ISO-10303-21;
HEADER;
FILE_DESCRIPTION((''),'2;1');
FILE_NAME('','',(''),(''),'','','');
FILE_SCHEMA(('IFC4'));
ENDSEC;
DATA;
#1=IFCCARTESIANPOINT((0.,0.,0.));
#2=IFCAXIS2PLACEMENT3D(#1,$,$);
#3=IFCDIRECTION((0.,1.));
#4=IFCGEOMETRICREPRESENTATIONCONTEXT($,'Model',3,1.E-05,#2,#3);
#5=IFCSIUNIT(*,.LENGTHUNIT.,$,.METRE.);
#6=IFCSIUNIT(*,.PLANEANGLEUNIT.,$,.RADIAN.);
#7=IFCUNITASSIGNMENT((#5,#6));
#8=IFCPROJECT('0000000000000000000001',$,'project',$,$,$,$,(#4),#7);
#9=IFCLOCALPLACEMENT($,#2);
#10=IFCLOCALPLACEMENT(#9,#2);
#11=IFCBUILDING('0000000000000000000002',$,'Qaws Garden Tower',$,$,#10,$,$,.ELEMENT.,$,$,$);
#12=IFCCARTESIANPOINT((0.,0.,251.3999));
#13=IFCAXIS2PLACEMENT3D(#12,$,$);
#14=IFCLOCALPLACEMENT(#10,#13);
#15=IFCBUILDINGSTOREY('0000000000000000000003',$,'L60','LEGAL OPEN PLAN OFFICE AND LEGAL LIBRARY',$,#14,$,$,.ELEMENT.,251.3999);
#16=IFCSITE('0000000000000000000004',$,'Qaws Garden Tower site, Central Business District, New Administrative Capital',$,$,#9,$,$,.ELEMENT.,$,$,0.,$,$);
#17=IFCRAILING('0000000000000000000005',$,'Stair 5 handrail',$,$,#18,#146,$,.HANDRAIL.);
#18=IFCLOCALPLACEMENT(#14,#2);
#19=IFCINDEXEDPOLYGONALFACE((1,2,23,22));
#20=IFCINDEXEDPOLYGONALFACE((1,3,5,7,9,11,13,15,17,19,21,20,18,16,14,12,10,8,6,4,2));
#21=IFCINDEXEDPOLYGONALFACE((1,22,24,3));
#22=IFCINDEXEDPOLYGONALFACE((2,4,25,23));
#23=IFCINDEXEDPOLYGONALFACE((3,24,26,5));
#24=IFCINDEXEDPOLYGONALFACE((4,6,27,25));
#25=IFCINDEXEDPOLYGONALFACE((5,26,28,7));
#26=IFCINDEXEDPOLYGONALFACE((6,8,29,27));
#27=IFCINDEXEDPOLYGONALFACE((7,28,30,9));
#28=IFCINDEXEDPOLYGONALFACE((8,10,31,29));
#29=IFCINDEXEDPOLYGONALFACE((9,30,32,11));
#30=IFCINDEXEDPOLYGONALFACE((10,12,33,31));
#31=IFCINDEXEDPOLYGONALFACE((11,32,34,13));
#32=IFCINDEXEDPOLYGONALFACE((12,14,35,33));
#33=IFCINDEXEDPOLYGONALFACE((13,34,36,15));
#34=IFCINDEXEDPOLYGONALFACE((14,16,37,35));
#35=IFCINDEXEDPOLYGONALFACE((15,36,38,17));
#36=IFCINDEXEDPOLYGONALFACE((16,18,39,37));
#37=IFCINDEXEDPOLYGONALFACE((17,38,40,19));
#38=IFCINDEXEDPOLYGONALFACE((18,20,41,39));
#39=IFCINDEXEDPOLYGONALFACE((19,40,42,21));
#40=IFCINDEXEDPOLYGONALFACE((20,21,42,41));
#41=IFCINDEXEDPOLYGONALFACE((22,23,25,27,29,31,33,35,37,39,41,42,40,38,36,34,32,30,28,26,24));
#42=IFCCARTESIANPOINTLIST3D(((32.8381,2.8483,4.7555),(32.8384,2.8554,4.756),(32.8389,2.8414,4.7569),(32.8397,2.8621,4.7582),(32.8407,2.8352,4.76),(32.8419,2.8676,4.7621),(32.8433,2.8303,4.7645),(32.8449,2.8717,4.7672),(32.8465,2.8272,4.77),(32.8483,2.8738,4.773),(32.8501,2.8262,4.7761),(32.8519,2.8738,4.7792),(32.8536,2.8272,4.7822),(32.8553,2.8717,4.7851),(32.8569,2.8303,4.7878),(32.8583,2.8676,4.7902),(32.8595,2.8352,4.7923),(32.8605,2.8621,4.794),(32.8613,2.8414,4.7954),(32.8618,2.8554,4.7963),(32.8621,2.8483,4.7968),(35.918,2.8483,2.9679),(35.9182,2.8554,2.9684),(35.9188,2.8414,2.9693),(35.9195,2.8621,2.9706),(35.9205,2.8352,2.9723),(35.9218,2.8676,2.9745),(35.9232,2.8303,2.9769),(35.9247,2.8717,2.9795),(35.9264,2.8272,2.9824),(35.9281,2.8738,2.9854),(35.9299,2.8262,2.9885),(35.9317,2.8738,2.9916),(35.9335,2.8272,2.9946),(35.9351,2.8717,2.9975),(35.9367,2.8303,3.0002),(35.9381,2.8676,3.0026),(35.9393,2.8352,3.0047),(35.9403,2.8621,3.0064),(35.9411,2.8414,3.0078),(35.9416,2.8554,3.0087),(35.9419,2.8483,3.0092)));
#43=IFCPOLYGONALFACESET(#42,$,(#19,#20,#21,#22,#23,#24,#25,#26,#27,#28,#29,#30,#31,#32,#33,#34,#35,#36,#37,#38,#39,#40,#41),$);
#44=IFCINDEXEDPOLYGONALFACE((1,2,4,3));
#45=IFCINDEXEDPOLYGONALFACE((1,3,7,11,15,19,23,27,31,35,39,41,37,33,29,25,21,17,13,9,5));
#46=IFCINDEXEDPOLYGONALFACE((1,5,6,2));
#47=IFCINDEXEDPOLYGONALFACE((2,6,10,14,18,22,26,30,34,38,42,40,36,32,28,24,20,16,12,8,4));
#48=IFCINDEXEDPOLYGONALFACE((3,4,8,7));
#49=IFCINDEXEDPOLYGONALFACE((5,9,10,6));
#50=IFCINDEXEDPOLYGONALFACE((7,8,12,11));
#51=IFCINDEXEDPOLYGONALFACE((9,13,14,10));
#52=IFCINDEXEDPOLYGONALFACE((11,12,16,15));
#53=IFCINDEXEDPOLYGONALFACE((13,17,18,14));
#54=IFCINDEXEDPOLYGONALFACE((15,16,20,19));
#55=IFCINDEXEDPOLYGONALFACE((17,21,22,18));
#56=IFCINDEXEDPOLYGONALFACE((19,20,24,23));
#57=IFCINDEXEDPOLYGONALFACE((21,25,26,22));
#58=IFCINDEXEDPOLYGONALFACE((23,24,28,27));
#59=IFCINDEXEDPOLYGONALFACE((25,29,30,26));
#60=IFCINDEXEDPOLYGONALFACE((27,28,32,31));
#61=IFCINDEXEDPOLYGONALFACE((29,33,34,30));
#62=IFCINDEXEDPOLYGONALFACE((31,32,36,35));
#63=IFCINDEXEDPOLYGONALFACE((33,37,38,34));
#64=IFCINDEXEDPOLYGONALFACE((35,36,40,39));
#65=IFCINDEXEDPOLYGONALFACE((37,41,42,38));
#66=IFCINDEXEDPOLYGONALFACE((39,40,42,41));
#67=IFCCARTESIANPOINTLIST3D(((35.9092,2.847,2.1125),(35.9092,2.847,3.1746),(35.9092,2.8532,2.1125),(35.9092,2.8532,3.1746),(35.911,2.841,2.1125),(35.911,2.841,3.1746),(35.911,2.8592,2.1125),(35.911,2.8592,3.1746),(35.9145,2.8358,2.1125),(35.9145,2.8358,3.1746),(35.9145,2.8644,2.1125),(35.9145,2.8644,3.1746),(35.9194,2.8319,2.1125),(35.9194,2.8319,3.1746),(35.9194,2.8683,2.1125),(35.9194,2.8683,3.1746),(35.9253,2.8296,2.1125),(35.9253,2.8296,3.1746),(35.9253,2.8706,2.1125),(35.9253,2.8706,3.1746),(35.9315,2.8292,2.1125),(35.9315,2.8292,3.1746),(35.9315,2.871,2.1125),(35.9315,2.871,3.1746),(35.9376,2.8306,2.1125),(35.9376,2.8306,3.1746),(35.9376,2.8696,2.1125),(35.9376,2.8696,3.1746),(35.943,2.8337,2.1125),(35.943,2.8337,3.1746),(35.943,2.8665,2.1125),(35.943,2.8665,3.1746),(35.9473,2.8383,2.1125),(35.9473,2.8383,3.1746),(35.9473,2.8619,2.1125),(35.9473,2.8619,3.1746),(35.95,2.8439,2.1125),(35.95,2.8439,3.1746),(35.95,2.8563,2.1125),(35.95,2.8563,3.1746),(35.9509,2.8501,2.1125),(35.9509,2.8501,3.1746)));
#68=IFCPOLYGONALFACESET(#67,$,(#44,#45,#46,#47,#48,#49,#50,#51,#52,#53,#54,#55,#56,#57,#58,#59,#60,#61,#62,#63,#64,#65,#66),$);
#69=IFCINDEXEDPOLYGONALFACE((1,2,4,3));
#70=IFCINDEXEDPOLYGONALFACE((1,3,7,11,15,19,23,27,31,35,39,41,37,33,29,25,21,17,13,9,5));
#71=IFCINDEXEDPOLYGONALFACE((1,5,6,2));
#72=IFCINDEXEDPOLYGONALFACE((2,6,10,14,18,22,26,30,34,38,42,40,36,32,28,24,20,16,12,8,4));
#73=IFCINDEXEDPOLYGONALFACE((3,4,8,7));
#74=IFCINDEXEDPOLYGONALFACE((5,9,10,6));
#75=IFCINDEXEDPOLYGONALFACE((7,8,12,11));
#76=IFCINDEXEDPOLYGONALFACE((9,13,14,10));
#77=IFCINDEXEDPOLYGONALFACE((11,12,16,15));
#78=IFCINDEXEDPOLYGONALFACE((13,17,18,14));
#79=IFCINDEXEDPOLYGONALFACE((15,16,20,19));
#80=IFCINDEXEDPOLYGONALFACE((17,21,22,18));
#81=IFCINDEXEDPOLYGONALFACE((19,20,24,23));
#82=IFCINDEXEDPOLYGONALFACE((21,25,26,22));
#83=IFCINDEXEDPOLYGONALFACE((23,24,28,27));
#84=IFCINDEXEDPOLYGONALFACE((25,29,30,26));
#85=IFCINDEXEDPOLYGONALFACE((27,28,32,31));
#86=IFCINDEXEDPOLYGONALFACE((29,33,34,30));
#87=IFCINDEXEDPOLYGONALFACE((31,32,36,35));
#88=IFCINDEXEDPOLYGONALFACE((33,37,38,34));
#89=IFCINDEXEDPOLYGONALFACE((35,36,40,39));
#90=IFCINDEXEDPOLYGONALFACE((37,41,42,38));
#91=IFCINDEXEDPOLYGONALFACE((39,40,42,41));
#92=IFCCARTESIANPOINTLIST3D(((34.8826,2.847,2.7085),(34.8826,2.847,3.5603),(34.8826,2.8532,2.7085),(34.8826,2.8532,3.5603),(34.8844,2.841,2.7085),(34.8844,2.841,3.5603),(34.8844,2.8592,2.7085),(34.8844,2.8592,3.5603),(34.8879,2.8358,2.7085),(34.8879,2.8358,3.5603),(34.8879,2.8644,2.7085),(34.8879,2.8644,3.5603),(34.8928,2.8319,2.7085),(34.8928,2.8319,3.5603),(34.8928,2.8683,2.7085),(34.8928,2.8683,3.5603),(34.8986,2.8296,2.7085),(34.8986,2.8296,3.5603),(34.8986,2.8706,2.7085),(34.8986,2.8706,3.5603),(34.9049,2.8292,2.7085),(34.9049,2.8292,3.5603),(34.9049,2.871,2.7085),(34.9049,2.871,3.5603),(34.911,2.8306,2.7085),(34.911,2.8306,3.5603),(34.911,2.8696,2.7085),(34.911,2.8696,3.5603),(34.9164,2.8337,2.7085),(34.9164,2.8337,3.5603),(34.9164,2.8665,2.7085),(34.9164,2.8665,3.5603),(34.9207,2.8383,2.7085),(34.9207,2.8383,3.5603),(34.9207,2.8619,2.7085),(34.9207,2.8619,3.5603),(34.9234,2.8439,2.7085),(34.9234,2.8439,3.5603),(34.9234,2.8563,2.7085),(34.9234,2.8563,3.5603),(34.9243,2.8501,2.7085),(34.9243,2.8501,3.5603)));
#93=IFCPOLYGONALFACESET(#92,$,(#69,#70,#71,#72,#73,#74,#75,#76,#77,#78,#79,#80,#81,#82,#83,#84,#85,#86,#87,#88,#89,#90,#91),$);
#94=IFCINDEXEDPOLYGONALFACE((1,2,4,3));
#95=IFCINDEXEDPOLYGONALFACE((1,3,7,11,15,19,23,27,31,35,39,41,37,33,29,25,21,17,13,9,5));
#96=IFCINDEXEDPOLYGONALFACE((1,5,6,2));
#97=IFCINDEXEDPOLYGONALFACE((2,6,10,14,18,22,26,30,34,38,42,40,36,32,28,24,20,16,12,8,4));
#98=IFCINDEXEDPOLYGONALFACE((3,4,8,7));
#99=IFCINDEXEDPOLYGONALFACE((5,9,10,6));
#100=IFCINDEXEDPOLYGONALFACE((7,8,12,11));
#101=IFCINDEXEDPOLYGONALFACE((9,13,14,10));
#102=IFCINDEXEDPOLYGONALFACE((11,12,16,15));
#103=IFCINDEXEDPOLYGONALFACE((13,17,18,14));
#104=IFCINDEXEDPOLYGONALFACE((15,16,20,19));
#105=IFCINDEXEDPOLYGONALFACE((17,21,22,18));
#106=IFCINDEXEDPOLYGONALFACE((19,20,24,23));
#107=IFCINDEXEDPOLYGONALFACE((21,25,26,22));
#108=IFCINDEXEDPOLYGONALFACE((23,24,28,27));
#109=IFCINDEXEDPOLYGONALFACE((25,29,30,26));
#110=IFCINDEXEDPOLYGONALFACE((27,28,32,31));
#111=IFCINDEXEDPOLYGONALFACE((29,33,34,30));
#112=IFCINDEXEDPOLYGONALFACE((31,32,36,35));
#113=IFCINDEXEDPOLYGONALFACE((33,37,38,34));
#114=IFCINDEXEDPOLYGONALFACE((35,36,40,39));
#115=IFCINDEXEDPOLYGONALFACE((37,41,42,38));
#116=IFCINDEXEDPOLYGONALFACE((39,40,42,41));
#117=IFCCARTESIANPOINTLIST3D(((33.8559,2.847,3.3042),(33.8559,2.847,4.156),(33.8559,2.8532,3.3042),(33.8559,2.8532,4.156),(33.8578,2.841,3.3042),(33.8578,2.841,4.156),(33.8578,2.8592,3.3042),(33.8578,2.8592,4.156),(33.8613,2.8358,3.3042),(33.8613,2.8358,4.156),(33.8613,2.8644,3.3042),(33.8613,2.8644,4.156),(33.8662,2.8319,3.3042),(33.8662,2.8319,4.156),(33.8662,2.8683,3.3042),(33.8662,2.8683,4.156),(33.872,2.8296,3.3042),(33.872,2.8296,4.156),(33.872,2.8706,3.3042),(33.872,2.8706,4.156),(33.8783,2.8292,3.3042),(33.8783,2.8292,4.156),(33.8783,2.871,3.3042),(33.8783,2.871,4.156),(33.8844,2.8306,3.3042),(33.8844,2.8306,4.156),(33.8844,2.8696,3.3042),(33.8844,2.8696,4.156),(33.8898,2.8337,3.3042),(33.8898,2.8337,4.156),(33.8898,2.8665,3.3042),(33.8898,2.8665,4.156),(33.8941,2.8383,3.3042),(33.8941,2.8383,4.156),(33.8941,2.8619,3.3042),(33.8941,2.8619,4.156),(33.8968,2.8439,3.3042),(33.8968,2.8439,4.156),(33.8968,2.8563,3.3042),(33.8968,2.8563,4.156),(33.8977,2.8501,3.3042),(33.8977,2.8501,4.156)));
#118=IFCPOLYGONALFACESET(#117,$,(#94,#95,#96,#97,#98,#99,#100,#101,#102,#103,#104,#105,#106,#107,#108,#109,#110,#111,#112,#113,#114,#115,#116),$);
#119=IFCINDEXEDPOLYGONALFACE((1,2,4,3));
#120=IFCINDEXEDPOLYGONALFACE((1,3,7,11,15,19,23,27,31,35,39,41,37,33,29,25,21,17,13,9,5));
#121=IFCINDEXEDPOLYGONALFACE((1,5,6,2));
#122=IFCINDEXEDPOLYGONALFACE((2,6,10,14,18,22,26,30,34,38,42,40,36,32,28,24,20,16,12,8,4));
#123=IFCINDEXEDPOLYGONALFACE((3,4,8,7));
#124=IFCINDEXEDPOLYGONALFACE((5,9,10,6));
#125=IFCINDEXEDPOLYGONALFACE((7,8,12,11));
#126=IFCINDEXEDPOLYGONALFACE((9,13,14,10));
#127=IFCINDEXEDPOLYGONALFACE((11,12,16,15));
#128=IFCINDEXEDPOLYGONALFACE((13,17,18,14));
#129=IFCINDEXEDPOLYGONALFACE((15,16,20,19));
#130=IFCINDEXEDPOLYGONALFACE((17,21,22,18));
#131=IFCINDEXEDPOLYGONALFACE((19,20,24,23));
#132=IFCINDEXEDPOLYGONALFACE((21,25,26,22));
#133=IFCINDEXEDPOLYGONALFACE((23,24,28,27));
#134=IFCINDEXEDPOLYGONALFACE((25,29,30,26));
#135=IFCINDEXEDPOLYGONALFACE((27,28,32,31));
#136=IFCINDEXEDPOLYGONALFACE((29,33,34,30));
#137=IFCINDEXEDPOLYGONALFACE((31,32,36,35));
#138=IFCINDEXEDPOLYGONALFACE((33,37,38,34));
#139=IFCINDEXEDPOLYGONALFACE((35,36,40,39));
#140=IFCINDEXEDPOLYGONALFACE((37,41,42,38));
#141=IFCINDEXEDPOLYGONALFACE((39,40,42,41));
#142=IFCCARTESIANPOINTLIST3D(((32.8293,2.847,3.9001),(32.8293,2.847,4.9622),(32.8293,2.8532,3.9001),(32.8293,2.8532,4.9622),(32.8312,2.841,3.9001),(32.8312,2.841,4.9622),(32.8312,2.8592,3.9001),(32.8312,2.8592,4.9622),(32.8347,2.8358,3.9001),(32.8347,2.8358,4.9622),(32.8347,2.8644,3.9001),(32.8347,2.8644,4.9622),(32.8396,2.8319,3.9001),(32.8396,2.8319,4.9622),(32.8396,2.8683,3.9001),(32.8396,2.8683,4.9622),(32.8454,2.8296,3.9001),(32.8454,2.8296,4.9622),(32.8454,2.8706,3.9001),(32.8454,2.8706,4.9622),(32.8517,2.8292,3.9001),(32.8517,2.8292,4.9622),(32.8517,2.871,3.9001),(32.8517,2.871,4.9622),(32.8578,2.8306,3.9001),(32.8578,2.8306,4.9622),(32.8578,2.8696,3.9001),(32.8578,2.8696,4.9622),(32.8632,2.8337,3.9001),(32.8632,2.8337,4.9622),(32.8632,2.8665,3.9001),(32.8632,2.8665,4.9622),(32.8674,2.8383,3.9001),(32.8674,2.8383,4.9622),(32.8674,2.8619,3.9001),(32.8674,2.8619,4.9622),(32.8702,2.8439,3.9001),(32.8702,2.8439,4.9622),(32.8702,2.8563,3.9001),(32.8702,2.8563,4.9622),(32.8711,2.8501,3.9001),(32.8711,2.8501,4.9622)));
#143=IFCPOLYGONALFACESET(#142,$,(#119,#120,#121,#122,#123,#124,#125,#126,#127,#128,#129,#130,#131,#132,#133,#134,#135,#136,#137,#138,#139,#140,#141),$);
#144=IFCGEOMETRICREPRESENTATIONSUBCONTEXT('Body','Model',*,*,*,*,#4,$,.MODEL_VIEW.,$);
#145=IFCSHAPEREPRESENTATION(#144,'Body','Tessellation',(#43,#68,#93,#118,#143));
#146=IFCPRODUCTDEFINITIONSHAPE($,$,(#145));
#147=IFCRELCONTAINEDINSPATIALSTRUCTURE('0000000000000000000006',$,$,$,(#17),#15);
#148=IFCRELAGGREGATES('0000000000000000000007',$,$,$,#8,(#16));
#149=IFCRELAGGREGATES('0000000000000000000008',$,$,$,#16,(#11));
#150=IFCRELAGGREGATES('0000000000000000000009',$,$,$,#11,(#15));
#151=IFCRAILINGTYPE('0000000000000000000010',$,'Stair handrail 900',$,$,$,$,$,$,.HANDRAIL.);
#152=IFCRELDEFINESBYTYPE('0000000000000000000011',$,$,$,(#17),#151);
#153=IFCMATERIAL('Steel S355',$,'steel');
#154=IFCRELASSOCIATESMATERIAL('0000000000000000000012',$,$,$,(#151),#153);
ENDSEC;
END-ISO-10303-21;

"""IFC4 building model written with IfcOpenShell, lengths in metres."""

from ifc_helpers import new_model, si_unit, direction, frame, origin, origin_2d, place, context, subcontext, project, spatial, circle, extrude, material, type_object, element, save


model = new_model("IFC4")

# Units and contexts
model_context = context("Model", 3, precision=1e-05, world=origin(), true_north=direction((0.0, 1.0)))
body_context = subcontext(model_context, "Body", "Model", "MODEL_VIEW")
ifc_project = project(units=[si_unit("LENGTHUNIT", "METRE"), si_unit("PLANEANGLEUNIT", "RADIAN")], contexts=[model_context])

# Site, building, storey
site_placement = place(None, origin())
site = spatial("IfcSite", under=ifc_project, at=site_placement, Name="Qaws Garden Tower site, Central Business District, New Administrative Capital", CompositionType="ELEMENT", RefElevation=0.0)
building_placement = place(site_placement, origin())
building = spatial("IfcBuilding", under=site, at=building_placement, Name="Qaws Garden Tower", CompositionType="ELEMENT")
storey_placement = place(building_placement, frame((0.0, 0.0, 251.3999)))
storey = spatial("IfcBuildingStorey", under=building, at=storey_placement, Name="L60", Description="LEGAL OPEN PLAN OFFICE AND LEGAL LIBRARY", CompositionType="ELEMENT", Elevation=251.3999)

# Railing
ifc_material_1 = material(Name="Steel S355", Category="steel")
railing_type = type_object("IfcRailingType", Name="Stair handrail 900", PredefinedType="HANDRAIL", material=ifc_material_1)
railing_1_placement = place(storey_placement, frame((35.9299, 2.8501, 2.1125)))
element("IfcRailing", 1, at=railing_1_placement, inside=storey, type_object=railing_type, Name="Stair 5 handrail", PredefinedType="HANDRAIL", context=body_context, shape_type="SweptSolid", body=[
    extrude(circle(Radius=0.0239, at=origin_2d()), frame((0.0, 0.0, 0.876), z_axis=(-0.864873, 0.0, 0.50199), x_axis=(0.0, -1.0, 0.0)), (0.0, 0.0, 1.0), 3.561),
    extrude(circle(Radius=0.021, at=origin_2d()), origin(), (0.0, 0.0, 1.0), 1.062),
    extrude(circle(Radius=0.021, at=origin_2d()), frame((-1.0266, 0.0, 0.5959)), (0.0, 0.0, 1.0), 0.8518),
    extrude(circle(Radius=0.021, at=origin_2d()), frame((-2.0532, 0.0, 1.1917)), (0.0, 0.0, 1.0), 0.8518),
    extrude(circle(Radius=0.021, at=origin_2d()), frame((-3.0798, 0.0, 1.7876)), (0.0, 0.0, 1.0), 1.062),
])

save(model, "model.ifc")
